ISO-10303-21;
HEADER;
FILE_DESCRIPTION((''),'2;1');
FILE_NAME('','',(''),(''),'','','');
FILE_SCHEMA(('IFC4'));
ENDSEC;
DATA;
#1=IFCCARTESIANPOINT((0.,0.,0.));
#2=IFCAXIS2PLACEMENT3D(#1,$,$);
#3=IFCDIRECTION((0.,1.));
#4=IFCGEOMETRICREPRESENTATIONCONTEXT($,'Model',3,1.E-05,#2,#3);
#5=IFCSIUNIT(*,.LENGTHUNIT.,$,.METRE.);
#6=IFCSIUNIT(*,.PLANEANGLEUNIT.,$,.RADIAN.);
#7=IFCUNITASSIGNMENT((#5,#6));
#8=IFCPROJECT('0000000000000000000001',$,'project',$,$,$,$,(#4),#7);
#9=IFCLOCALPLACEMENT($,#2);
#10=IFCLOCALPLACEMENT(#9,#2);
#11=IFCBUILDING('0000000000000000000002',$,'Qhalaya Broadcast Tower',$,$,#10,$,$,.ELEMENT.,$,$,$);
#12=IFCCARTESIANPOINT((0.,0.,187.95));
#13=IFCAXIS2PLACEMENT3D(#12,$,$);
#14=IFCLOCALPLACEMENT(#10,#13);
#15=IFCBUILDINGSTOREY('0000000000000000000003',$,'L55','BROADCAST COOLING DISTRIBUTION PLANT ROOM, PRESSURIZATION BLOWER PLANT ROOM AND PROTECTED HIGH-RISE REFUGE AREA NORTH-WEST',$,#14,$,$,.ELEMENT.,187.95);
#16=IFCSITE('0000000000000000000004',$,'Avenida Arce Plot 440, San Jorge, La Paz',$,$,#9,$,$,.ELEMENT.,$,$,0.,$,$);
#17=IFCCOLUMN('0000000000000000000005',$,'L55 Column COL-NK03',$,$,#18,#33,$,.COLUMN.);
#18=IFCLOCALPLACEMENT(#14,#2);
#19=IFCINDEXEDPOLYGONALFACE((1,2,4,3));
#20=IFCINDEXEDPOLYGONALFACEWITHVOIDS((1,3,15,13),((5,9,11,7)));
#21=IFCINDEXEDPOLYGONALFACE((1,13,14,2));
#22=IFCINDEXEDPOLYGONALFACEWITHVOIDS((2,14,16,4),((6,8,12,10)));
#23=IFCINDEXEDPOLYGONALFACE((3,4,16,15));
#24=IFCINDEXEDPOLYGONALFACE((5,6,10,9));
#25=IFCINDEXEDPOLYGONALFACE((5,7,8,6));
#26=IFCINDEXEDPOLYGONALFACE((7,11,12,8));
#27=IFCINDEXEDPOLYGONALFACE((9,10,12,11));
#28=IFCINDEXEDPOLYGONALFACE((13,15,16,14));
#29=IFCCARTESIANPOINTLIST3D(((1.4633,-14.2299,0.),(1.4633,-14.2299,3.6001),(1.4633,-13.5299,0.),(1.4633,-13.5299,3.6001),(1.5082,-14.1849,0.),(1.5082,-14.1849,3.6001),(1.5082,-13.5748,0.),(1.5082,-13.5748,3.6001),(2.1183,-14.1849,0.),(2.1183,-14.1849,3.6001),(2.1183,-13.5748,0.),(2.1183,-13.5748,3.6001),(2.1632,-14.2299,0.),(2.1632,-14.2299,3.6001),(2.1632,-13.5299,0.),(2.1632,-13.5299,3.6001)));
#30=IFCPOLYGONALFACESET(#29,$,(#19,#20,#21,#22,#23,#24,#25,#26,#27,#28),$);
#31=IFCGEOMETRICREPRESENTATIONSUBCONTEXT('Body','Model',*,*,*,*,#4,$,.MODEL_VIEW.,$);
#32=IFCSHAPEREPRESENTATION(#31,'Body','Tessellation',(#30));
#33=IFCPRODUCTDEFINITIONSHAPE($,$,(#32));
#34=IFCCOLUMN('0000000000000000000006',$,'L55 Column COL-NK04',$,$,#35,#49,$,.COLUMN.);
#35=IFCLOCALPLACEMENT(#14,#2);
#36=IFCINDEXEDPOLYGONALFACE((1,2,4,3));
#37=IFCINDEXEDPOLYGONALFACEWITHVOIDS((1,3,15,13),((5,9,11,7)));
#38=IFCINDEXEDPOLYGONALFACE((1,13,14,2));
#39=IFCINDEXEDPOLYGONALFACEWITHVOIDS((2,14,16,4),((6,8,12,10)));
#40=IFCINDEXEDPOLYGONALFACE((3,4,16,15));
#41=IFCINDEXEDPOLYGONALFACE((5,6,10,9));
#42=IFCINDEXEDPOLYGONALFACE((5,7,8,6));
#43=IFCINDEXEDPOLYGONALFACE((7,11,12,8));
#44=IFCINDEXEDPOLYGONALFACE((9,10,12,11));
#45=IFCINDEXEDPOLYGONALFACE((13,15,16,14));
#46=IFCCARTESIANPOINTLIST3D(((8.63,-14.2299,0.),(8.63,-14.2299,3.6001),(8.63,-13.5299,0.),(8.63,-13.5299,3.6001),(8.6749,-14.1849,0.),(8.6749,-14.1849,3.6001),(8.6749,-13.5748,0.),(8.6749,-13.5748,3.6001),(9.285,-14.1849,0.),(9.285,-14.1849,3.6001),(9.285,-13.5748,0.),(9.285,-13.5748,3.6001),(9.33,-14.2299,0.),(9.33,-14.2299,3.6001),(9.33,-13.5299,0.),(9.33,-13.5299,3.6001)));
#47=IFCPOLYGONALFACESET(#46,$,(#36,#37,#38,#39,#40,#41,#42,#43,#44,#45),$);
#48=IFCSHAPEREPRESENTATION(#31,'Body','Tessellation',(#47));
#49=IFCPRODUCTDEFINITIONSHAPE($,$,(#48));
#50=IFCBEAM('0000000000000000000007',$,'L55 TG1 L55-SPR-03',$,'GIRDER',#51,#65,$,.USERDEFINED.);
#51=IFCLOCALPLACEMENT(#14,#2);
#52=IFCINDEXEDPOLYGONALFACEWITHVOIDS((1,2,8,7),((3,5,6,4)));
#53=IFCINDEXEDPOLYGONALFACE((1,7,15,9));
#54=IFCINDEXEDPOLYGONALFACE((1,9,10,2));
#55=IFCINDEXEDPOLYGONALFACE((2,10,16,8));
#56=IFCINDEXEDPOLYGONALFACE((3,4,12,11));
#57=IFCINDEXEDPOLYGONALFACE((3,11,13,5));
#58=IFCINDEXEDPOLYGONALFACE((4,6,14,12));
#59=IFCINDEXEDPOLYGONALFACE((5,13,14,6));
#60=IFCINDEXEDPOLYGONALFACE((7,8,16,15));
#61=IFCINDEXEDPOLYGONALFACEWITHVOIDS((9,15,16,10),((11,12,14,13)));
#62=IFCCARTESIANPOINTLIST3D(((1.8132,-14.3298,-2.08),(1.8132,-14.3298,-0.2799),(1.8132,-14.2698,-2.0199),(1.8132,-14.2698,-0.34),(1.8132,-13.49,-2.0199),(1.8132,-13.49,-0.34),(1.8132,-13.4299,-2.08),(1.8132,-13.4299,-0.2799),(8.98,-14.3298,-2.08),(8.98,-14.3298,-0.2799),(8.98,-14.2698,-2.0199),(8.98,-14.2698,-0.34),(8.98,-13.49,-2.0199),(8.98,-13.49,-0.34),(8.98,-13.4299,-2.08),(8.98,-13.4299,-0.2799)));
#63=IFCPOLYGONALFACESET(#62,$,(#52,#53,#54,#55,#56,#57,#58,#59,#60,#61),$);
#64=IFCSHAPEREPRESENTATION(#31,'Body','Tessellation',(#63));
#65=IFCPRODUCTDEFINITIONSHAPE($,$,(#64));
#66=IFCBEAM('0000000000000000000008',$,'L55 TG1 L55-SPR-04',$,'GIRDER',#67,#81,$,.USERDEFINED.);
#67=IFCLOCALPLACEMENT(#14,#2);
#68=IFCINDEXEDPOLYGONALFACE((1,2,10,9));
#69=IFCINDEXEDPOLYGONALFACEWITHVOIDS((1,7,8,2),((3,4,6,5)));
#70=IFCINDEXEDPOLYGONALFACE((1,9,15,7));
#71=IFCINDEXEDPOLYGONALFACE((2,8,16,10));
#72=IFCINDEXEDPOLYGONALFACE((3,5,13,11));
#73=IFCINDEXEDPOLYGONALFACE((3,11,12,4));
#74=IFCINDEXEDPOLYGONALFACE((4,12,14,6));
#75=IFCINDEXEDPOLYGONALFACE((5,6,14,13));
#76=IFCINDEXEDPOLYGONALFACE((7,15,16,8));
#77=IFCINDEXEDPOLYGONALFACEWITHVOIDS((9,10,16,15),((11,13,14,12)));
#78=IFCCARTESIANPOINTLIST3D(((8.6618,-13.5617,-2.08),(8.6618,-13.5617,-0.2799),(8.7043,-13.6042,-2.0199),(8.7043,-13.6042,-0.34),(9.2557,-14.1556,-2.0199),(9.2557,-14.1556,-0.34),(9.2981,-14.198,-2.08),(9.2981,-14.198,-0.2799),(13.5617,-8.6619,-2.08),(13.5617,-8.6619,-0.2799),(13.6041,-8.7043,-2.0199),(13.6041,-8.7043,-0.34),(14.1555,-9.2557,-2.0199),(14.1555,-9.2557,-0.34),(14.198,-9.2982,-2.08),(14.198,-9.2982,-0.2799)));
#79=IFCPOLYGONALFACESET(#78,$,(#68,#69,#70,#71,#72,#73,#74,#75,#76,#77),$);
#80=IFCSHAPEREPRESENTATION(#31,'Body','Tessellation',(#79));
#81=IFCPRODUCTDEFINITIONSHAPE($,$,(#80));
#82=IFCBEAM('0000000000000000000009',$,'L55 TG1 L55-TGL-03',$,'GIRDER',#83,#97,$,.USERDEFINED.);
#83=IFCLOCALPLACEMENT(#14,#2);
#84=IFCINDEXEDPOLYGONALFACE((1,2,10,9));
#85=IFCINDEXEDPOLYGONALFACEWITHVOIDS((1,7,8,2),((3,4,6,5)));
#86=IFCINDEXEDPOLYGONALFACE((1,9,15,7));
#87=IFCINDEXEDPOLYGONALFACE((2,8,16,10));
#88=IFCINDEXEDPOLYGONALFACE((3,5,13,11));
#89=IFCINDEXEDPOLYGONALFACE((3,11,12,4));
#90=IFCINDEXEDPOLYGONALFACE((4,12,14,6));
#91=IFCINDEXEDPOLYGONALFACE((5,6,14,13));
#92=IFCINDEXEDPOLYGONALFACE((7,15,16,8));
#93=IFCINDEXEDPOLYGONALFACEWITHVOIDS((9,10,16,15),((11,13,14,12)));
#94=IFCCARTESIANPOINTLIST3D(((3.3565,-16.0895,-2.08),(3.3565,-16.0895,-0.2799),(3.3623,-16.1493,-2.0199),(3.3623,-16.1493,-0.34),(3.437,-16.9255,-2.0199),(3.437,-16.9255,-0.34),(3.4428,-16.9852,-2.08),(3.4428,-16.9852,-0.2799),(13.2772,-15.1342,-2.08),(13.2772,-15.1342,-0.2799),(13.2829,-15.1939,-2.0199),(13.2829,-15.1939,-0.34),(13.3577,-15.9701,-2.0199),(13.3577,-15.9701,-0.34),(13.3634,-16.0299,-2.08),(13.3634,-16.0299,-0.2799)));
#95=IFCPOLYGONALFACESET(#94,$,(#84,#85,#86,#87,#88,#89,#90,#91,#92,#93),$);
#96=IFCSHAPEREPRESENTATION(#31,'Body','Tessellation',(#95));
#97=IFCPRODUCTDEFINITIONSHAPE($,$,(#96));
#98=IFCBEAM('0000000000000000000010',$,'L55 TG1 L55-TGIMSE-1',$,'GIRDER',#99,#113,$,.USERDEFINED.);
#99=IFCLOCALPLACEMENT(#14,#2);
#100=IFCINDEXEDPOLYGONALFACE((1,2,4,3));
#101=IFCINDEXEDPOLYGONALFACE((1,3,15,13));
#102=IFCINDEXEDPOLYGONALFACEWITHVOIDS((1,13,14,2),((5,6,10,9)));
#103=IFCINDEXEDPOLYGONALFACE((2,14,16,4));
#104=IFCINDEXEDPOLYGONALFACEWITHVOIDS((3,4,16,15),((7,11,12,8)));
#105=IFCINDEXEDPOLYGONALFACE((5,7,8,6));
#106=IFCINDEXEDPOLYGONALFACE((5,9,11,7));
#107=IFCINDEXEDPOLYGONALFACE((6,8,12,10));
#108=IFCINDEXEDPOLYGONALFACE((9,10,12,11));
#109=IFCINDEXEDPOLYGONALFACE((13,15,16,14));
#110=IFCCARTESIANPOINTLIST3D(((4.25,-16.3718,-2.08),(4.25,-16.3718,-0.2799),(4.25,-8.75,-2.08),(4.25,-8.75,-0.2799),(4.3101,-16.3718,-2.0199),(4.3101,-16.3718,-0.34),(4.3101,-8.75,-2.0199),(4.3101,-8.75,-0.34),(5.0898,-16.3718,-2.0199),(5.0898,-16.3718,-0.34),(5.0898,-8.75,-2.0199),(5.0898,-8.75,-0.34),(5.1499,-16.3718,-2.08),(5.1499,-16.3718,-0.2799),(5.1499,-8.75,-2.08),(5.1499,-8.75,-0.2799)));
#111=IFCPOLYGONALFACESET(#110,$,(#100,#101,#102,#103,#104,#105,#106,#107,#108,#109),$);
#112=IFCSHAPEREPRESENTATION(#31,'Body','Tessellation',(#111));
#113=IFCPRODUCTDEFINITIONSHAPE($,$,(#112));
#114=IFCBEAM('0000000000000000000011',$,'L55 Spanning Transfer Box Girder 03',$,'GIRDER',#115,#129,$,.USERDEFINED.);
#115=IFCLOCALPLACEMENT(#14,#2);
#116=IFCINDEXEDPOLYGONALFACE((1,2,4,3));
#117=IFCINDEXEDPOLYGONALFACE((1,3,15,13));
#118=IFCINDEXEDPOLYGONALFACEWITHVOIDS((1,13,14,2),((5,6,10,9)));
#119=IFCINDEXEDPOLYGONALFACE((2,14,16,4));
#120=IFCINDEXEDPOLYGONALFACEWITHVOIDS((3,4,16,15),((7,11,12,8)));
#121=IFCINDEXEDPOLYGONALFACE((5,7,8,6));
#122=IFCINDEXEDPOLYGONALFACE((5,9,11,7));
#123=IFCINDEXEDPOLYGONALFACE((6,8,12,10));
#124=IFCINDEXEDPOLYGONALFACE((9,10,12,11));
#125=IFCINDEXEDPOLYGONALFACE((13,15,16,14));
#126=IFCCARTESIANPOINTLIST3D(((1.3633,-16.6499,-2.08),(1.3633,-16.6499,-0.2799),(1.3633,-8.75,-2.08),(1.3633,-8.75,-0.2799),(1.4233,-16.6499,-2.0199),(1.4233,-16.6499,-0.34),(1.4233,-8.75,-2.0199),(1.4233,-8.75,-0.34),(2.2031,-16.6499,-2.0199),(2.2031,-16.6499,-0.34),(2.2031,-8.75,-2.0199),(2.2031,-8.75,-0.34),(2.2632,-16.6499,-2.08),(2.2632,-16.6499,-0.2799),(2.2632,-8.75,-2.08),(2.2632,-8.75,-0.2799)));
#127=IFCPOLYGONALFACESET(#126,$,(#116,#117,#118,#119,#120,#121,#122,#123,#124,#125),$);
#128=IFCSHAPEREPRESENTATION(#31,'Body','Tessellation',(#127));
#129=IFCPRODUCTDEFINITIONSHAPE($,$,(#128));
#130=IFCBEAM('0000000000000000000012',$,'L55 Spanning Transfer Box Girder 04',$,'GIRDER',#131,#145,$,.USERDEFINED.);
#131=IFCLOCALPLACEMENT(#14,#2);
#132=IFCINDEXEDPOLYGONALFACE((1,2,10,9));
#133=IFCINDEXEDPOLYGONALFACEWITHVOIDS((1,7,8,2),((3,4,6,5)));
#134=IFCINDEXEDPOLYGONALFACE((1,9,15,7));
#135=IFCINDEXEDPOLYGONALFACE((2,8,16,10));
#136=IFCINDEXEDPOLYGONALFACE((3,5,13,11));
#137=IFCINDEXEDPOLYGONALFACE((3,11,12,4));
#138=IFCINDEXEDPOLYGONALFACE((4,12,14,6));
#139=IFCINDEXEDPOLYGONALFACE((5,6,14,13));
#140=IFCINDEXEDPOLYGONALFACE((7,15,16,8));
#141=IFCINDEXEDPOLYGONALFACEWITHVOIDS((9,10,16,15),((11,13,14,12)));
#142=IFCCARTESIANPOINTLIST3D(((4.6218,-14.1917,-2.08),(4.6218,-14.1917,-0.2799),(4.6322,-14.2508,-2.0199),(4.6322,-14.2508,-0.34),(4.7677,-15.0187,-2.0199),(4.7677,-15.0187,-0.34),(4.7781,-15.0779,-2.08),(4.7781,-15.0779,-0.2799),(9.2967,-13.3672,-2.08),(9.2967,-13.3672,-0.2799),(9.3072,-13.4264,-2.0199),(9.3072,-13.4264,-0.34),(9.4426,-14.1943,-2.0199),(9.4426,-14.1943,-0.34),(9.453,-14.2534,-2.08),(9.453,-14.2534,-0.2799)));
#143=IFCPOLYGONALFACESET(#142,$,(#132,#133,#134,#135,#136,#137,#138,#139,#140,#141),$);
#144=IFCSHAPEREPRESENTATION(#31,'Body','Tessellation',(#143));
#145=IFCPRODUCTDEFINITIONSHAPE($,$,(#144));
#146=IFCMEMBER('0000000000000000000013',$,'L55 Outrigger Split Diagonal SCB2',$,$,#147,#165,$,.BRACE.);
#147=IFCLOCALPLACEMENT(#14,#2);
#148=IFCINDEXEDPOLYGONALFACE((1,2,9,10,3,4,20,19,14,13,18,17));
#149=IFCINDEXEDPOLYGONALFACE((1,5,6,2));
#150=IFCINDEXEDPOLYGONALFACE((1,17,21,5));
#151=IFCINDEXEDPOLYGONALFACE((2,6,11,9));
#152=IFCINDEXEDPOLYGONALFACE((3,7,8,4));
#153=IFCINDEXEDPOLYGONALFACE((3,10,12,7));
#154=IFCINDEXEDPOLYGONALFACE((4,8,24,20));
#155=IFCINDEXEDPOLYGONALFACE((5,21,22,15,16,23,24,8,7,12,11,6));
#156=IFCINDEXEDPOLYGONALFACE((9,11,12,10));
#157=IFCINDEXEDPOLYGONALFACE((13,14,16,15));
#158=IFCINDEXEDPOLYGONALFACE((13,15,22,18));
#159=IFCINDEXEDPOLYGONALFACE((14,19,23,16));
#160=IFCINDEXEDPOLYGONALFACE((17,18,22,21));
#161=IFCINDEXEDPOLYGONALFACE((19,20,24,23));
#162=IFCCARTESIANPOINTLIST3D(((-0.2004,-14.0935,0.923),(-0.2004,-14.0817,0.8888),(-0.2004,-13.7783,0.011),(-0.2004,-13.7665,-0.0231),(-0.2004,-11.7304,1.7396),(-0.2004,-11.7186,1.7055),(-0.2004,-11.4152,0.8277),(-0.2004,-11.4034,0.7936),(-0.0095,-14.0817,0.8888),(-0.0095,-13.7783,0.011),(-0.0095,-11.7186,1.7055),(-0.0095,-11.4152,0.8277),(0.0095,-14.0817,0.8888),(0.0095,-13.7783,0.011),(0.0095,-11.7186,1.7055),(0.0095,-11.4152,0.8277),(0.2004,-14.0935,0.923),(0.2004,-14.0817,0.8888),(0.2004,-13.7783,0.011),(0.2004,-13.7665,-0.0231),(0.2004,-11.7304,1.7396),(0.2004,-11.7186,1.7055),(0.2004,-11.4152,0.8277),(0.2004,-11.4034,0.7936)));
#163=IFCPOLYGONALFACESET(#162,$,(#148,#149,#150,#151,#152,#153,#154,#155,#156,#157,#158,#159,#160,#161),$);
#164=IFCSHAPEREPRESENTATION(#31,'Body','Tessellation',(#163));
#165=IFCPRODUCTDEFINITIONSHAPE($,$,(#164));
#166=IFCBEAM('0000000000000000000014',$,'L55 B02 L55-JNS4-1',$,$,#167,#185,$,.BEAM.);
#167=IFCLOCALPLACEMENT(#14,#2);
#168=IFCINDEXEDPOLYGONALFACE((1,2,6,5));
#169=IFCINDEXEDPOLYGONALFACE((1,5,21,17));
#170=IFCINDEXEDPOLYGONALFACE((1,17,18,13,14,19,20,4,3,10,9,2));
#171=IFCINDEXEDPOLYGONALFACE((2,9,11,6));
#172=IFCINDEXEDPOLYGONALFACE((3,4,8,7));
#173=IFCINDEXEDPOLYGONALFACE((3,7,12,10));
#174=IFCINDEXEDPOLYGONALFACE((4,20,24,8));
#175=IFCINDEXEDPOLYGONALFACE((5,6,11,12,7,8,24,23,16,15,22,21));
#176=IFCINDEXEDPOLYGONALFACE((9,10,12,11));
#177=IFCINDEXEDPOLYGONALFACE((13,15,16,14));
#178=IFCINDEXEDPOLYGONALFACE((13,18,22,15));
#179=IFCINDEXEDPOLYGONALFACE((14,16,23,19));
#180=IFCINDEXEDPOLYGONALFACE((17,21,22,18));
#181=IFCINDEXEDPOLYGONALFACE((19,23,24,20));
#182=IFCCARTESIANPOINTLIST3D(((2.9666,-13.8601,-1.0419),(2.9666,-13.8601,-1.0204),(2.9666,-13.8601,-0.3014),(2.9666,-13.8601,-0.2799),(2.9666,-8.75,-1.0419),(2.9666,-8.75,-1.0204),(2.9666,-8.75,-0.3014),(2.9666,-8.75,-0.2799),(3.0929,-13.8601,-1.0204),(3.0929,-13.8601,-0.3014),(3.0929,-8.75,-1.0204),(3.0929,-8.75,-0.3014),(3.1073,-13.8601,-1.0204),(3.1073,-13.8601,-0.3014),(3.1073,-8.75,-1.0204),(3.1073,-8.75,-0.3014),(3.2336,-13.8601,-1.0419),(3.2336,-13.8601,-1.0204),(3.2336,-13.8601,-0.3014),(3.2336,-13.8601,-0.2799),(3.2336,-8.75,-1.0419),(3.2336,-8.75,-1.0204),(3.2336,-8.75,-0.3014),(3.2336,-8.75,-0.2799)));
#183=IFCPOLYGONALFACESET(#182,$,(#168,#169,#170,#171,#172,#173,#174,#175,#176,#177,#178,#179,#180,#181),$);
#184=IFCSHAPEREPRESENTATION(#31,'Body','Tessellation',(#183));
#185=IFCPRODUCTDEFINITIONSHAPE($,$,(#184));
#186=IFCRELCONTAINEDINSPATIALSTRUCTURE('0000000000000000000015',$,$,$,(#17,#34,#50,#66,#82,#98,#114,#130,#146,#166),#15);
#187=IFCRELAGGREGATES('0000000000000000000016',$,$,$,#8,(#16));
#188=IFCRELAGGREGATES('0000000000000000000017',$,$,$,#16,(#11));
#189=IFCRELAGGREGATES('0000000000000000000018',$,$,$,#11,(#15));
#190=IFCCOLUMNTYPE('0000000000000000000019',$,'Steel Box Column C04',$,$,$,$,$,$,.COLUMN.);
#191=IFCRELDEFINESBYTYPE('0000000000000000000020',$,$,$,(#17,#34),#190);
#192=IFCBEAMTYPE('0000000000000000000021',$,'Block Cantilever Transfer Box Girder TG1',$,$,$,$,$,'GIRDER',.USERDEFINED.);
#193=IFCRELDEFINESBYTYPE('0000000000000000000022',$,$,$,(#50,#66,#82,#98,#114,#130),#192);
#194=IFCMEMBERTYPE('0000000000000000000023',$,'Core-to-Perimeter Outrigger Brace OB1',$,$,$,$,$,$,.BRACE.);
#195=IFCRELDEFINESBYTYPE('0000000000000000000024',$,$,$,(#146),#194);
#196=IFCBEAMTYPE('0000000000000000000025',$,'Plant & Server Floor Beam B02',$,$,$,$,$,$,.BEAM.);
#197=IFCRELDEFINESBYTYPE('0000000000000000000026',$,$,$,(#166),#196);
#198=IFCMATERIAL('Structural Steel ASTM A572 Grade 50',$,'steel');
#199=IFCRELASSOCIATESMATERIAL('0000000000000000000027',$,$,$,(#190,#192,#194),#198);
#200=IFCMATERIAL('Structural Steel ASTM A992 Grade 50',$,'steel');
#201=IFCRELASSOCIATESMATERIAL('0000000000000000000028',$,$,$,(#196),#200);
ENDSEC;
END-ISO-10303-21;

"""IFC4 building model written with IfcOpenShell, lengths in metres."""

from ifc_helpers import new_model, si_unit, direction, frame, origin, origin_2d, place, context, subcontext, project, spatial, hollow_rectangle, i_section, extrude, material, material_profile, profile_set, type_object, element, save


model = new_model("IFC4")

# Units and contexts
model_context = context("Model", 3, precision=1e-05, world=origin(), true_north=direction((0.0, 1.0)))
body_context = subcontext(model_context, "Body", "Model", "MODEL_VIEW")
ifc_project = project(units=[si_unit("LENGTHUNIT", "METRE"), si_unit("PLANEANGLEUNIT", "RADIAN")], contexts=[model_context])

# Site, building, storey
site_placement = place(None, origin())
site = spatial("IfcSite", under=ifc_project, at=site_placement, Name="Avenida Arce Plot 440, San Jorge, La Paz", CompositionType="ELEMENT", RefElevation=0.0)
building_placement = place(site_placement, origin())
building = spatial("IfcBuilding", under=site, at=building_placement, Name="Qhalaya Broadcast Tower", CompositionType="ELEMENT")
storey_placement = place(building_placement, frame((0.0, 0.0, 187.95)))
storey = spatial("IfcBuildingStorey", under=building, at=storey_placement, Name="L55", Description="BROADCAST COOLING DISTRIBUTION PLANT ROOM, PRESSURIZATION BLOWER PLANT ROOM AND PROTECTED HIGH-RISE REFUGE AREA NORTH-WEST", CompositionType="ELEMENT", Elevation=187.95)

# Columns
ifc_material_1 = material(Name="Structural Steel ASTM A572 Grade 50", Category="steel")
ifc_material_profile_1 = material_profile(ifc_material_1, hollow_rectangle(XDim=0.7, YDim=0.7, WallThickness=0.0449, at=origin_2d()), Name="BOX 700x700x45")
ifc_profile_set_1 = profile_set([ifc_material_profile_1], Name="Structural Steel ASTM A572 Grade 50")
column_type = type_object("IfcColumnType", Name="Steel Box Column C04", PredefinedType="COLUMN", material=ifc_profile_set_1)
for number, where, z_axis, x_axis, name in (
    (1, (1.8132, -13.8799, 0.0), (0.0, 0.0, 1.0), (1.0, 0.0, 0.0), "L55 Column COL-NK03"),
    (2, (8.98, -13.8799, 0.0), (0.0, 0.0, 1.0), (1.0, 0.0, 0.0), "L55 Column COL-NK04"),
):
    element("IfcColumn", number, at=place(storey_placement, frame(where, z_axis=z_axis, x_axis=x_axis)), inside=storey, type_object=column_type, Name=name, PredefinedType="COLUMN", context=body_context, shape_type="SweptSolid", body=[
        extrude(hollow_rectangle(XDim=0.7, YDim=0.7, WallThickness=0.0449, at=origin_2d()), origin(), (0.0, 0.0, 1.0), 3.6001),
    ])

# Beams
ifc_material_profile_2 = material_profile(ifc_material_1, hollow_rectangle(XDim=0.8999, YDim=1.8, WallThickness=0.0601, at=origin_2d()), Name="BOX 900x1800x60")
ifc_profile_set_2 = profile_set([ifc_material_profile_2], Name="Structural Steel ASTM A572 Grade 50")
beam_type_1 = type_object("IfcBeamType", Name="Block Cantilever Transfer Box Girder TG1", ElementType="GIRDER", PredefinedType="USERDEFINED", material=ifc_profile_set_2)
beam_1_placement = place(storey_placement, frame((1.8132, -13.8799, -1.1799), z_axis=(1.0, 0.0, 0.0), x_axis=(0.0, 1.0, 0.0)))
element("IfcBeam", 3, at=beam_1_placement, inside=storey, type_object=beam_type_1, Name="L55 TG1 L55-SPR-03", ObjectType="GIRDER", PredefinedType="USERDEFINED", context=body_context, shape_type="SweptSolid", body=[
    extrude(hollow_rectangle(XDim=0.8999, YDim=1.8, WallThickness=0.0601, at=origin_2d()), origin(), (0.0, 0.0, 1.0), 7.1667),
])
beam_2_placement = place(storey_placement, frame((8.98, -13.8799, -1.1799), z_axis=(0.707107, 0.707107, 0.0), x_axis=(-0.707107, 0.707107, 0.0)))
element("IfcBeam", 4, at=beam_2_placement, inside=storey, type_object=beam_type_1, Name="L55 TG1 L55-SPR-04", ObjectType="GIRDER", PredefinedType="USERDEFINED", context=body_context, shape_type="SweptSolid", body=[
    extrude(hollow_rectangle(XDim=0.8999, YDim=1.8, WallThickness=0.0601, at=origin_2d()), origin(), (0.0, 0.0, 1.0), 6.9294),
])
beam_3_placement = place(storey_placement, frame((3.3997, -16.5374, -1.1799), z_axis=(0.995396, 0.095853, 0.0), x_axis=(-0.095853, 0.995396, 0.0)))
element("IfcBeam", 5, at=beam_3_placement, inside=storey, type_object=beam_type_1, Name="L55 TG1 L55-TGL-03", ObjectType="GIRDER", PredefinedType="USERDEFINED", context=body_context, shape_type="SweptSolid", body=[
    extrude(hollow_rectangle(XDim=0.8999, YDim=1.8, WallThickness=0.0601, at=origin_2d()), origin(), (0.0, 0.0, 1.0), 9.9666),
])
beam_4_placement = place(storey_placement, frame((4.7, -16.3718, -1.1799), z_axis=(0.0, 1.0, 0.0), x_axis=(-1.0, 0.0, 0.0)))
element("IfcBeam", 6, at=beam_4_placement, inside=storey, type_object=beam_type_1, Name="L55 TG1 L55-TGIMSE-1", ObjectType="GIRDER", PredefinedType="USERDEFINED", context=body_context, shape_type="SweptSolid", body=[
    extrude(hollow_rectangle(XDim=0.8999, YDim=1.8, WallThickness=0.0601, at=origin_2d()), origin(), (0.0, 0.0, 1.0), 7.6218),
])
beam_5_placement = place(storey_placement, frame((1.8132, -16.6499, -1.1799), z_axis=(0.0, 1.0, 0.0), x_axis=(-1.0, 0.0, 0.0)))
element("IfcBeam", 7, at=beam_5_placement, inside=storey, type_object=beam_type_1, Name="L55 Spanning Transfer Box Girder 03", ObjectType="GIRDER", PredefinedType="USERDEFINED", context=body_context, shape_type="SweptSolid", body=[
    extrude(hollow_rectangle(XDim=0.8999, YDim=1.8, WallThickness=0.0601, at=origin_2d()), origin(), (0.0, 0.0, 1.0), 7.8999),
])
beam_6_placement = place(storey_placement, frame((4.7, -14.6348, -1.1799), z_axis=(0.984803, 0.173674, 0.0), x_axis=(-0.173674, 0.984803, 0.0)))
element("IfcBeam", 8, at=beam_6_placement, inside=storey, type_object=beam_type_1, Name="L55 Spanning Transfer Box Girder 04", ObjectType="GIRDER", PredefinedType="USERDEFINED", context=body_context, shape_type="SweptSolid", body=[
    extrude(hollow_rectangle(XDim=0.8999, YDim=1.8, WallThickness=0.0601, at=origin_2d()), origin(), (0.0, 0.0, 1.0), 4.7471),
])

# Member
ifc_material_profile_3 = material_profile(ifc_material_1, i_section(OverallWidth=0.4009, OverallDepth=1.001, WebThickness=0.019, FlangeThickness=0.0361, at=origin_2d()), Name="W40X249")
ifc_profile_set_3 = profile_set([ifc_material_profile_3], Name="Structural Steel ASTM A572 Grade 50")
member_type = type_object("IfcMemberType", Name="Core-to-Perimeter Outrigger Brace OB1", PredefinedType="BRACE", material=ifc_profile_set_3)
member_placement = place(storey_placement, frame((0.0, -11.5669, 1.2666), z_axis=(0.0, -0.94515, -0.326638), x_axis=(1.0, 0.0, 0.0)))
element("IfcMember", 9, at=member_placement, inside=storey, type_object=member_type, Name="L55 Outrigger Split Diagonal SCB2", PredefinedType="BRACE", context=body_context, shape_type="SweptSolid", body=[
    extrude(i_section(OverallWidth=0.4009, OverallDepth=1.001, WebThickness=0.019, FlangeThickness=0.0361, at=origin_2d()), origin(), (0.0, 0.0, 1.0), 2.5002),
])

# Beam
ifc_material_2 = material(Name="Structural Steel ASTM A992 Grade 50", Category="steel")
ifc_material_profile_4 = material_profile(ifc_material_2, i_section(OverallWidth=0.2671, OverallDepth=0.762, WebThickness=0.0144, FlangeThickness=0.0215, at=origin_2d()), Name="W30X116")
ifc_profile_set_4 = profile_set([ifc_material_profile_4], Name="Structural Steel ASTM A992 Grade 50")
beam_type_2 = type_object("IfcBeamType", Name="Plant & Server Floor Beam B02", PredefinedType="BEAM", material=ifc_profile_set_4)
for number, where, z_axis, x_axis, name in (
    (10, (3.1001, -13.8601, -0.6609), (0.0, 1.0, 0.0), (-1.0, 0.0, 0.0), "L55 B02 L55-JNS4-1"),
):
    element("IfcBeam", number, at=place(storey_placement, frame(where, z_axis=z_axis, x_axis=x_axis)), inside=storey, type_object=beam_type_2, Name=name, PredefinedType="BEAM", context=body_context, shape_type="SweptSolid", body=[
        extrude(i_section(OverallWidth=0.2671, OverallDepth=0.762, WebThickness=0.0144, FlangeThickness=0.0215, at=origin_2d()), origin(), (0.0, 0.0, 1.0), 5.1101),
    ])

save(model, "model.ifc")
